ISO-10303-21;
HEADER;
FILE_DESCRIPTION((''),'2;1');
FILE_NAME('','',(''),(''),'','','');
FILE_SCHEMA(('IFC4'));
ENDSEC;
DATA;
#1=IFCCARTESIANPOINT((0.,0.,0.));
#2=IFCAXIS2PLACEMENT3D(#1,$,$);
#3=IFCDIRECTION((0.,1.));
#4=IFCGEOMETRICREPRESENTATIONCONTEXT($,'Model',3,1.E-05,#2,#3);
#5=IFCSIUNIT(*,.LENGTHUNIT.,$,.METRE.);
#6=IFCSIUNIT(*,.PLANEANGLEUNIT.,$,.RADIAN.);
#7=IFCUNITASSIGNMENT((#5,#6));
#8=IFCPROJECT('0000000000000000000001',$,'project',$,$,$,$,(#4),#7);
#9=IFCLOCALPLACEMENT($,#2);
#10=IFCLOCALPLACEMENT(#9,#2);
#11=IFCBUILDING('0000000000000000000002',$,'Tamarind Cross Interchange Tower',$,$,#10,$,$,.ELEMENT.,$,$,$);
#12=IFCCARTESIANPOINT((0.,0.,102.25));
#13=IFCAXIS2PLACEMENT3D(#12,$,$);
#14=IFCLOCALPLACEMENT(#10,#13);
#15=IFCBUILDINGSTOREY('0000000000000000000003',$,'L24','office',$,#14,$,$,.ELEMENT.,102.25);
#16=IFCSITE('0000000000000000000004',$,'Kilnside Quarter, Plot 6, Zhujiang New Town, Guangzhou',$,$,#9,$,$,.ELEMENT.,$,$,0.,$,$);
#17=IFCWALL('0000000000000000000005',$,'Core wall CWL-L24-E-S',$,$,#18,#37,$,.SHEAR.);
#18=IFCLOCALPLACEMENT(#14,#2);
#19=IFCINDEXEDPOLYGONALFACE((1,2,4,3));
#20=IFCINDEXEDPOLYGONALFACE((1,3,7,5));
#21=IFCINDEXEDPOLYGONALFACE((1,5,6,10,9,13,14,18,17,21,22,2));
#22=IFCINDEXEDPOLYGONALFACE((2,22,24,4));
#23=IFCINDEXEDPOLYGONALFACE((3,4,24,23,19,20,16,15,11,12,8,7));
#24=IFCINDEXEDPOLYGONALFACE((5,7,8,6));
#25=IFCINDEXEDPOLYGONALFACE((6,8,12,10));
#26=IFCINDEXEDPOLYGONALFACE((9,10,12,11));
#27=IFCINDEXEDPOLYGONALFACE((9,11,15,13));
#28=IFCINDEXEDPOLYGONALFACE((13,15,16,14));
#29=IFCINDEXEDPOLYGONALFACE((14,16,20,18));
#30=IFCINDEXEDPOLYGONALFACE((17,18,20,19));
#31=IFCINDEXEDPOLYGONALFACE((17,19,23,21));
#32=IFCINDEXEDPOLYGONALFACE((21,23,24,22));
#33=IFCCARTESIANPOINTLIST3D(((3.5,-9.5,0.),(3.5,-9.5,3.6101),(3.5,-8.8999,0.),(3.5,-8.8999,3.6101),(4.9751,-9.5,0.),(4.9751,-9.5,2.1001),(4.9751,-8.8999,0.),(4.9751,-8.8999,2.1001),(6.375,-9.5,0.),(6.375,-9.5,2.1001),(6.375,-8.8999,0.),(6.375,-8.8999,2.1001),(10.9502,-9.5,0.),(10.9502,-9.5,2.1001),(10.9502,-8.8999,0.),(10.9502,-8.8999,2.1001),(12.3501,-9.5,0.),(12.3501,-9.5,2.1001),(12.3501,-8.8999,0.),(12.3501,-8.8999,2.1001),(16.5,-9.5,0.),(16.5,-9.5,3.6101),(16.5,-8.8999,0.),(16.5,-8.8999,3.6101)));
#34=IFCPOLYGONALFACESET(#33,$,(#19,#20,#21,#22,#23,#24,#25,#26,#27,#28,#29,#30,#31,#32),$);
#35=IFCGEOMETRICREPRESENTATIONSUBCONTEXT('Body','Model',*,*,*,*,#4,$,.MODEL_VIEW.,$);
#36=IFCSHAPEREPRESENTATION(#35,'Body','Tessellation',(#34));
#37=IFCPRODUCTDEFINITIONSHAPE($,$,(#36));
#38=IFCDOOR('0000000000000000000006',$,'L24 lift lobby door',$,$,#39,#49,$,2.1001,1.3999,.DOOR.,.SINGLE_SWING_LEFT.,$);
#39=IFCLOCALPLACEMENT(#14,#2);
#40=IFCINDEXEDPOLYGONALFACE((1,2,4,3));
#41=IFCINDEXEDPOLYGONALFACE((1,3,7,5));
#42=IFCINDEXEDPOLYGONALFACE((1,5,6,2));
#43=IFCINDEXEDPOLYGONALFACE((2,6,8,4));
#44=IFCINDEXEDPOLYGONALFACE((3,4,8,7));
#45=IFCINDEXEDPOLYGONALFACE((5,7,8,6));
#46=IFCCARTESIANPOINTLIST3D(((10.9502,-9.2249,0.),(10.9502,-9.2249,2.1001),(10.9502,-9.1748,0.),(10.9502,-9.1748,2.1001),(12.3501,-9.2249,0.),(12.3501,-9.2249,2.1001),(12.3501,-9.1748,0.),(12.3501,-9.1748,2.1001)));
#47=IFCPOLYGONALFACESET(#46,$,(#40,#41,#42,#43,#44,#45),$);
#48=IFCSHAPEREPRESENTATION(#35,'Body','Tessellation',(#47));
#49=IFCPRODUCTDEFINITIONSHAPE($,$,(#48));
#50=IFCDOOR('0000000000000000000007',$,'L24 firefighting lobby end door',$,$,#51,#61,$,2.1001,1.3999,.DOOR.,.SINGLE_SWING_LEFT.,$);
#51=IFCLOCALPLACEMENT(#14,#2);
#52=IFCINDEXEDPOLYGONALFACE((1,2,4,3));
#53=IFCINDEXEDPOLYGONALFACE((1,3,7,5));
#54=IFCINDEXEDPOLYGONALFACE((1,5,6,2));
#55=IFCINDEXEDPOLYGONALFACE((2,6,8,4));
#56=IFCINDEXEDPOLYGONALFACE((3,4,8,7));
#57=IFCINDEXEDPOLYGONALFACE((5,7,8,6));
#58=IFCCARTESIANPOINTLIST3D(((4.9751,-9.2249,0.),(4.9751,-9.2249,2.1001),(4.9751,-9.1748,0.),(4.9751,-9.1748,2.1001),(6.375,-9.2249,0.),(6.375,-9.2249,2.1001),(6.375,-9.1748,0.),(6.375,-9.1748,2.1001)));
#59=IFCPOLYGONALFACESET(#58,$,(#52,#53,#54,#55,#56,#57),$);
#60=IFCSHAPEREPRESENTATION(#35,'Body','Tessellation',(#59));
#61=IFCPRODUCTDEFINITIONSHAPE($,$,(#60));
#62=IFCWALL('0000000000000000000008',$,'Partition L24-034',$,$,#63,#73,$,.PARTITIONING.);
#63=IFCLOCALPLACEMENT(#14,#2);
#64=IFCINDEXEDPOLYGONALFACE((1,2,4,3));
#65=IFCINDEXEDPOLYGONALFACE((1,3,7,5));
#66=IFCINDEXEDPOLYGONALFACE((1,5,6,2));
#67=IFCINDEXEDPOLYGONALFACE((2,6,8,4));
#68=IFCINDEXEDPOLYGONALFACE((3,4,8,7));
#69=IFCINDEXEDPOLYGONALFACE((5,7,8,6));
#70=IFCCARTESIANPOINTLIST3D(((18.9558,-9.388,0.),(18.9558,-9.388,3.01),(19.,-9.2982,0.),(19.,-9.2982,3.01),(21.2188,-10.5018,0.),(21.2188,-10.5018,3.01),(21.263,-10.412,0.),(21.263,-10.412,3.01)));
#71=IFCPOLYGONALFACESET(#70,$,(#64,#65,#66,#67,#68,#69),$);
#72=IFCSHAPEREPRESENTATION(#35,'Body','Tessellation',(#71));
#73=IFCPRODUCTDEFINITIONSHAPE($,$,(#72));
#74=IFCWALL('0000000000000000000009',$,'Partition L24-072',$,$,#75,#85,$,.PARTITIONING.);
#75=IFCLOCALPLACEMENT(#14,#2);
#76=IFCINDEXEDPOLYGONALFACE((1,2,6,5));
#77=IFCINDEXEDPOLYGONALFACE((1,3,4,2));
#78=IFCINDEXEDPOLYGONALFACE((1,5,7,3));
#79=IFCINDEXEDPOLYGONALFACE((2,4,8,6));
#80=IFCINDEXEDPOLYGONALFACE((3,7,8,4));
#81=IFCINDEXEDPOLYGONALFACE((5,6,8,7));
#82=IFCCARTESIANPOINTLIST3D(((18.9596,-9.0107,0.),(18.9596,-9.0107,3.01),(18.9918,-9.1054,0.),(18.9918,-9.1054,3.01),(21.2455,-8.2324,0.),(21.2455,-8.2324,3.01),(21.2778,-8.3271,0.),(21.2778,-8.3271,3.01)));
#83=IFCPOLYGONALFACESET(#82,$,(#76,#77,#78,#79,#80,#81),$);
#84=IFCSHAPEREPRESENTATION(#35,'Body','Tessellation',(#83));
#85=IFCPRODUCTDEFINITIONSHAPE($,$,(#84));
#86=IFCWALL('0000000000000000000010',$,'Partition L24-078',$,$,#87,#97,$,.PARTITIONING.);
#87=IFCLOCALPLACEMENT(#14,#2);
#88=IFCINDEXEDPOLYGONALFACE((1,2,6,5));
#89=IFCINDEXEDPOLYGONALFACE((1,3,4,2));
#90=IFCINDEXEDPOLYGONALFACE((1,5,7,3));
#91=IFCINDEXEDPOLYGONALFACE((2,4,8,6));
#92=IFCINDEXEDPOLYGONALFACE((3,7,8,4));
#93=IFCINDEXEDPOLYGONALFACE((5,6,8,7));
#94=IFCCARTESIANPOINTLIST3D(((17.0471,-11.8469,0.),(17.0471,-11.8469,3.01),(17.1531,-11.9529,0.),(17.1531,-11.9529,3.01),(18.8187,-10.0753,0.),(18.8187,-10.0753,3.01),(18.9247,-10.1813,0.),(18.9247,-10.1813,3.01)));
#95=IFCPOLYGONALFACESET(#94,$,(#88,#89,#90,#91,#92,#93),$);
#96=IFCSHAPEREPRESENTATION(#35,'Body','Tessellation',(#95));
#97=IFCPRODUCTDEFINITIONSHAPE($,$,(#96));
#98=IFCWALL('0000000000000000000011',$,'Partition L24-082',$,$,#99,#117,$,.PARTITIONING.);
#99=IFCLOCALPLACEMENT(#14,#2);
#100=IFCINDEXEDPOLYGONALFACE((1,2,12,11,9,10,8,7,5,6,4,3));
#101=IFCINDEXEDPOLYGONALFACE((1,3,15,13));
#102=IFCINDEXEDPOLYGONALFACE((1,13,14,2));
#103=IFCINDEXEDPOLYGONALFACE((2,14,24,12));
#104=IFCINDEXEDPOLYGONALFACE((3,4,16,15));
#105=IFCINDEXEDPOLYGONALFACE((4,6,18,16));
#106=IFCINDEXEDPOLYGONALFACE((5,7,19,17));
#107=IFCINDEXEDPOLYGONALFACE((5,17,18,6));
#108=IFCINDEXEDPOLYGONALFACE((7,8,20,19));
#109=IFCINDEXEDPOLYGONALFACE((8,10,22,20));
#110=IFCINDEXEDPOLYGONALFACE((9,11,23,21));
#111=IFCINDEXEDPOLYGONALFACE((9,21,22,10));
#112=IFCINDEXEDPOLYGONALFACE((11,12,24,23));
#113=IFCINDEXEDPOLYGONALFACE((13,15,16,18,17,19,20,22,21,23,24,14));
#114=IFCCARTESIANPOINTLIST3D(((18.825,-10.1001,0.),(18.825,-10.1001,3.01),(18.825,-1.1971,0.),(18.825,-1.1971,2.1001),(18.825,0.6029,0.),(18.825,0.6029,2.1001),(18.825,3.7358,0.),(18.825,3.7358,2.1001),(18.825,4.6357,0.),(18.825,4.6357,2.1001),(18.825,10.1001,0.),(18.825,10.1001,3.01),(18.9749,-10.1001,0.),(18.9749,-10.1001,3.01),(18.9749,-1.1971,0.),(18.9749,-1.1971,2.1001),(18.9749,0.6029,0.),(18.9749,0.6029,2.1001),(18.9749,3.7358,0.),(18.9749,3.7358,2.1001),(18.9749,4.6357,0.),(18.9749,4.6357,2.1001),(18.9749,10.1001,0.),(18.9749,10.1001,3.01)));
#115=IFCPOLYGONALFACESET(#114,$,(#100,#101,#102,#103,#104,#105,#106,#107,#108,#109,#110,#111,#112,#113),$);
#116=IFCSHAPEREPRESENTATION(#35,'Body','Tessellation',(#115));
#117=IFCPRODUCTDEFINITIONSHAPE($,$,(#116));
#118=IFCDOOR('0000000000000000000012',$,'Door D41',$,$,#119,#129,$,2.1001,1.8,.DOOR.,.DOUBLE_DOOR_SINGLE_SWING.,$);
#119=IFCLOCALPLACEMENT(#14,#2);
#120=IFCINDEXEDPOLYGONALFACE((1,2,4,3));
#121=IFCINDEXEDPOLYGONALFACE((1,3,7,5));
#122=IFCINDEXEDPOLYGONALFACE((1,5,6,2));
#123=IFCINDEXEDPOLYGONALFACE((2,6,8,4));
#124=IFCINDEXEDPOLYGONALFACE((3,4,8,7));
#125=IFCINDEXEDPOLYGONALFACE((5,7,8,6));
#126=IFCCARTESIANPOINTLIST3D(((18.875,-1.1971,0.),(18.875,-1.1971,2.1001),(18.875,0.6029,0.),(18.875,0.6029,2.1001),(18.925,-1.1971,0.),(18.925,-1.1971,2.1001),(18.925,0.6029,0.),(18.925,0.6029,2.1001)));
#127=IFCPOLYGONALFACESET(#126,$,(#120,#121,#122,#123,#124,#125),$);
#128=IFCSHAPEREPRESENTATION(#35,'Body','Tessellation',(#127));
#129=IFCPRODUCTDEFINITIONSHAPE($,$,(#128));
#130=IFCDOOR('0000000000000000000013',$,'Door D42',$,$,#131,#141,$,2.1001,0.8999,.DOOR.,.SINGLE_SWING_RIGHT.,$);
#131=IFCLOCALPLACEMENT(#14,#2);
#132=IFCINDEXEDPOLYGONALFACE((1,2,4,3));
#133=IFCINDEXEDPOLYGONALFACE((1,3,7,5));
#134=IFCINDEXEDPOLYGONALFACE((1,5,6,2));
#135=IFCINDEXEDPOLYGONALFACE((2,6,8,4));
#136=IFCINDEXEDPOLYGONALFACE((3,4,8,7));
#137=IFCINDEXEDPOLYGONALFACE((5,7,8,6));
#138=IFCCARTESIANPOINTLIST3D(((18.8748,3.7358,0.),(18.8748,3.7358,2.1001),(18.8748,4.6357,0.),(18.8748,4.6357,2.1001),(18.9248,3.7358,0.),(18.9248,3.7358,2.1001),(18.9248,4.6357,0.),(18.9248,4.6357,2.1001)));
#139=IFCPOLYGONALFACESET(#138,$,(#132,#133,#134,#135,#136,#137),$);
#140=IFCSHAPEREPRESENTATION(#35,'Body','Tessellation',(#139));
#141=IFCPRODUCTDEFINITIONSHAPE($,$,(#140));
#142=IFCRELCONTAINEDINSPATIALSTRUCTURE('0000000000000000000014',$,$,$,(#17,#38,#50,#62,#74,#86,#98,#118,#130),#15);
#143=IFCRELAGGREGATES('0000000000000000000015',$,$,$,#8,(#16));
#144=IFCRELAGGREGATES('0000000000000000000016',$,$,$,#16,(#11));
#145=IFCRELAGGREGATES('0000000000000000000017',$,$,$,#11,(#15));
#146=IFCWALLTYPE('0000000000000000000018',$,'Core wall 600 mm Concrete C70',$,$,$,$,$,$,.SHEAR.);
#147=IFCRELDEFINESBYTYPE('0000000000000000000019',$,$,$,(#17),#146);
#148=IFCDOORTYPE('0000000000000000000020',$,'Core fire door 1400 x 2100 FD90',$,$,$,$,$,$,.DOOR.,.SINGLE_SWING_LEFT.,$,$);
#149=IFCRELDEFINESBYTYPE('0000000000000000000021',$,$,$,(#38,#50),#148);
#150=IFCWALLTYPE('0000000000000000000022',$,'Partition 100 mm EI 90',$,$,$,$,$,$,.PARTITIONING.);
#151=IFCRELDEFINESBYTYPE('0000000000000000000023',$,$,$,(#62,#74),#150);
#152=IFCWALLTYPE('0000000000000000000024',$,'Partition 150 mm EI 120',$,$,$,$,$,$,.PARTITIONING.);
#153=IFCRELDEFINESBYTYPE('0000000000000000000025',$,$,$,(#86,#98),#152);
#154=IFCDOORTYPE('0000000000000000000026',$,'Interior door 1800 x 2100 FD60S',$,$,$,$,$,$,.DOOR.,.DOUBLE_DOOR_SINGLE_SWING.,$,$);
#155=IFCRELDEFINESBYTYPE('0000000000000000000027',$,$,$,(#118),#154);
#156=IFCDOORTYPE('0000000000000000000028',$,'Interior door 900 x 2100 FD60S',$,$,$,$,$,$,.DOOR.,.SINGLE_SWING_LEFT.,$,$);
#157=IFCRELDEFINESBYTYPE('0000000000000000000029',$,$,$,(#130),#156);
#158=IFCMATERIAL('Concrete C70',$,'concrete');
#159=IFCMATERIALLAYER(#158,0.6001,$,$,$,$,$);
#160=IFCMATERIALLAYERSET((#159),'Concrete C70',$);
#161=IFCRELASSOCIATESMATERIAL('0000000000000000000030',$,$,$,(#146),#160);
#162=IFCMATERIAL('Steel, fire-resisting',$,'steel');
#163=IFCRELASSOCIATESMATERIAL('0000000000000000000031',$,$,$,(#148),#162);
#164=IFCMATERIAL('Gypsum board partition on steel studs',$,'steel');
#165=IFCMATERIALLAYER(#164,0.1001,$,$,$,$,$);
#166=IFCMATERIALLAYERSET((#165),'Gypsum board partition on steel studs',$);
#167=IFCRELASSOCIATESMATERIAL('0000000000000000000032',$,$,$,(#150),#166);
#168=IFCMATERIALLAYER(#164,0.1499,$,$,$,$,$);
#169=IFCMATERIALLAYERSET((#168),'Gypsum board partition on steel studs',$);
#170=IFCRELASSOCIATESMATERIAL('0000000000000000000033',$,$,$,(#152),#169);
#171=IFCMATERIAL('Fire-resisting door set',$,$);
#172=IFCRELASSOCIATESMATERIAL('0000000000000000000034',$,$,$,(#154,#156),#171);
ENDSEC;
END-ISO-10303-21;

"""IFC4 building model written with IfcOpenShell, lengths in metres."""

from ifc_helpers import new_model, si_unit, direction, frame, frame_2d, origin, place, context, subcontext, project, spatial, rectangle, extrude, material, layer, layer_set, type_object, element, fill, save


model = new_model("IFC4")

# Units and contexts
model_context = context("Model", 3, precision=1e-05, world=origin(), true_north=direction((0.0, 1.0)))
body_context = subcontext(model_context, "Body", "Model", "MODEL_VIEW")
ifc_project = project(units=[si_unit("LENGTHUNIT", "METRE"), si_unit("PLANEANGLEUNIT", "RADIAN")], contexts=[model_context])

# Site, building, storey
site_placement = place(None, origin())
site = spatial("IfcSite", under=ifc_project, at=site_placement, Name="Kilnside Quarter, Plot 6, Zhujiang New Town, Guangzhou", CompositionType="ELEMENT", RefElevation=0.0)
building_placement = place(site_placement, origin())
building = spatial("IfcBuilding", under=site, at=building_placement, Name="Tamarind Cross Interchange Tower", CompositionType="ELEMENT")
storey_placement = place(building_placement, frame((0.0, 0.0, 102.25)))
storey = spatial("IfcBuildingStorey", under=building, at=storey_placement, Name="L24", Description="office", CompositionType="ELEMENT", Elevation=102.25)

# Wall, openings, doors
ifc_material_1 = material(Name="Concrete C70", Category="concrete")
ifc_layer_1 = layer(ifc_material_1, 0.6001)
ifc_layer_set_1 = layer_set([ifc_layer_1], Name="Concrete C70")
wall_type_1 = type_object("IfcWallType", Name="Core wall 600 mm Concrete C70", PredefinedType="SHEAR", material=ifc_layer_set_1)
wall_1_placement = place(storey_placement, frame((16.5, -9.2, 0.0), z_axis=(0.0, 0.0, 1.0), x_axis=(-1.0, 0.0, 0.0)))
wall_1 = element("IfcWall", 1, at=wall_1_placement, inside=storey, type_object=wall_type_1, Name="Core wall CWL-L24-E-S", PredefinedType="SHEAR", context=body_context, shape_type="SweptSolid", body=[
    extrude(rectangle(XDim=13.0, YDim=0.6001, at=frame_2d((6.5, 0.0))), origin(), (0.0, 0.0, 1.0), 3.6101),
])
opening_1_placement = place(wall_1_placement, frame((4.1499, 0.0, 0.0)))
opening_1 = element("IfcOpeningElement", 2, at=opening_1_placement, cuts=wall_1, PredefinedType="OPENING", context=body_context, shape_type="SweptSolid", body=[
    extrude(rectangle(XDim=1.3999, YDim=2.1001, at=frame_2d((0.7, 1.05))), frame((0.0, 0.3101, 0.0), z_axis=(0.0, -1.0, 0.0), x_axis=(1.0, 0.0, 0.0)), (0.0, 0.0, 1.0), 0.6201),
])
opening_2_placement = place(wall_1_placement, frame((10.125, 0.0, 0.0)))
opening_2 = element("IfcOpeningElement", 3, at=opening_2_placement, cuts=wall_1, PredefinedType="OPENING", context=body_context, shape_type="SweptSolid", body=[
    extrude(rectangle(XDim=1.3999, YDim=2.1001, at=frame_2d((0.7, 1.05))), frame((0.0, 0.3101, 0.0), z_axis=(0.0, -1.0, 0.0), x_axis=(1.0, 0.0, 0.0)), (0.0, 0.0, 1.0), 0.6201),
])
ifc_material_2 = material(Name="Steel, fire-resisting", Category="steel")
door_type_1 = type_object("IfcDoorType", Name="Core fire door 1400 x 2100 FD90", OperationType="SINGLE_SWING_LEFT", PredefinedType="DOOR", material=ifc_material_2)
door_1_placement = place(opening_1_placement, origin())
door_1 = element("IfcDoor", 4, at=door_1_placement, inside=storey, type_object=door_type_1, Name="L24 lift lobby door", OperationType="SINGLE_SWING_LEFT", OverallHeight=2.1001, OverallWidth=1.3999, PredefinedType="DOOR", context=body_context, shape_type="SweptSolid", body=[
    extrude(rectangle(XDim=1.3999, YDim=2.1001, at=frame_2d((0.7, 1.05))), frame((0.0, 0.0249, 0.0), z_axis=(0.0, -1.0, 0.0), x_axis=(1.0, 0.0, 0.0)), (0.0, 0.0, 1.0), 0.05),
])
fill(opening_1, door_1)
door_2_placement = place(opening_2_placement, origin())
door_2 = element("IfcDoor", 5, at=door_2_placement, inside=storey, type_object=door_type_1, Name="L24 firefighting lobby end door", OperationType="SINGLE_SWING_LEFT", OverallHeight=2.1001, OverallWidth=1.3999, PredefinedType="DOOR", context=body_context, shape_type="SweptSolid", body=[
    extrude(rectangle(XDim=1.3999, YDim=2.1001, at=frame_2d((0.7, 1.05))), frame((0.0, 0.0249, 0.0), z_axis=(0.0, -1.0, 0.0), x_axis=(1.0, 0.0, 0.0)), (0.0, 0.0, 1.0), 0.05),
])
fill(opening_2, door_2)

# Walls
ifc_material_3 = material(Name="Gypsum board partition on steel studs", Category="steel")
ifc_layer_2 = layer(ifc_material_3, 0.1001)
ifc_layer_set_2 = layer_set([ifc_layer_2], Name="Gypsum board partition on steel studs")
wall_type_2 = type_object("IfcWallType", Name="Partition 100 mm EI 90", PredefinedType="PARTITIONING", material=ifc_layer_set_2)
wall_2_placement = place(storey_placement, frame((18.9778, -9.343, 0.0), z_axis=(0.0, 0.0, 1.0), x_axis=(0.897217, -0.441591, 0.0)))
element("IfcWall", 6, at=wall_2_placement, inside=storey, type_object=wall_type_2, Name="Partition L24-034", PredefinedType="PARTITIONING", context=body_context, shape_type="SweptSolid", body=[
    extrude(rectangle(XDim=2.5222, YDim=0.1001, at=frame_2d((1.2612, 0.0))), origin(), (0.0, 0.0, 1.0), 3.01),
])
wall_3_placement = place(storey_placement, frame((18.9756, -9.0581, 0.0), z_axis=(0.0, 0.0, 1.0), x_axis=(0.946632, 0.322318, 0.0)))
element("IfcWall", 7, at=wall_3_placement, inside=storey, type_object=wall_type_2, Name="Partition L24-072", PredefinedType="PARTITIONING", context=body_context, shape_type="SweptSolid", body=[
    extrude(rectangle(XDim=2.4148, YDim=0.1001, at=frame_2d((1.2075, 0.0))), origin(), (0.0, 0.0, 1.0), 3.01),
])
ifc_layer_3 = layer(ifc_material_3, 0.1499)
ifc_layer_set_3 = layer_set([ifc_layer_3], Name="Gypsum board partition on steel studs")
wall_type_3 = type_object("IfcWallType", Name="Partition 150 mm EI 120", PredefinedType="PARTITIONING", material=ifc_layer_set_3)
wall_4_placement = place(storey_placement, frame((17.1001, -11.8999, 0.0), z_axis=(0.0, 0.0, 1.0), x_axis=(0.707107, 0.707107, 0.0)))
element("IfcWall", 8, at=wall_4_placement, inside=storey, type_object=wall_type_3, Name="Partition L24-078", PredefinedType="PARTITIONING", context=body_context, shape_type="SweptSolid", body=[
    extrude(rectangle(XDim=2.5054, YDim=0.1499, at=frame_2d((1.2527, 0.0))), origin(), (0.0, 0.0, 1.0), 3.01),
])

# Wall, openings, doors
wall_5_placement = place(storey_placement, frame((18.8999, -10.1001, 0.0), z_axis=(0.0, 0.0, 1.0), x_axis=(0.0, 1.0, 0.0)))
wall_5 = element("IfcWall", 9, at=wall_5_placement, inside=storey, type_object=wall_type_3, Name="Partition L24-082", PredefinedType="PARTITIONING", context=body_context, shape_type="SweptSolid", body=[
    extrude(rectangle(XDim=20.2002, YDim=0.1499, at=frame_2d((10.1001, 0.0))), origin(), (0.0, 0.0, 1.0), 3.01),
])
opening_3_placement = place(wall_5_placement, frame((8.9031, 0.0, 0.0)))
opening_3 = element("IfcOpeningElement", 10, at=opening_3_placement, cuts=wall_5, PredefinedType="OPENING", context=body_context, shape_type="SweptSolid", body=[
    extrude(rectangle(XDim=1.8, YDim=2.1001, at=frame_2d((0.8999, 1.05))), frame((0.0, 0.085, 0.0), z_axis=(0.0, -1.0, 0.0), x_axis=(1.0, 0.0, 0.0)), (0.0, 0.0, 1.0), 0.1699),
])
opening_4_placement = place(wall_5_placement, frame((13.8359, 0.0, 0.0)))
opening_4 = element("IfcOpeningElement", 11, at=opening_4_placement, cuts=wall_5, PredefinedType="OPENING", context=body_context, shape_type="SweptSolid", body=[
    extrude(rectangle(XDim=0.8999, YDim=2.1001, at=frame_2d((0.45, 1.05))), frame((0.0, 0.085, 0.0), z_axis=(0.0, -1.0, 0.0), x_axis=(1.0, 0.0, 0.0)), (0.0, 0.0, 1.0), 0.1699),
])
ifc_material_4 = material(Name="Fire-resisting door set")
door_type_2 = type_object("IfcDoorType", Name="Interior door 1800 x 2100 FD60S", OperationType="DOUBLE_DOOR_SINGLE_SWING", PredefinedType="DOOR", material=ifc_material_4)
door_3_placement = place(opening_3_placement, origin())
door_3 = element("IfcDoor", 12, at=door_3_placement, inside=storey, type_object=door_type_2, Name="Door D41", OperationType="DOUBLE_DOOR_SINGLE_SWING", OverallHeight=2.1001, OverallWidth=1.8, PredefinedType="DOOR", context=body_context, shape_type="SweptSolid", body=[
    extrude(rectangle(XDim=1.8, YDim=2.1001, at=frame_2d((0.8999, 1.05))), frame((0.0, 0.0249, 0.0), z_axis=(0.0, -1.0, 0.0), x_axis=(1.0, 0.0, 0.0)), (0.0, 0.0, 1.0), 0.05),
])
fill(opening_3, door_3)
door_type_3 = type_object("IfcDoorType", Name="Interior door 900 x 2100 FD60S", OperationType="SINGLE_SWING_LEFT", PredefinedType="DOOR", material=ifc_material_4)
door_4_placement = place(opening_4_placement, frame((0.8999, 0.0, 0.0), z_axis=(0.0, 0.0, 1.0), x_axis=(-1.0, 0.0, 0.0)))
door_4 = element("IfcDoor", 13, at=door_4_placement, inside=storey, type_object=door_type_3, Name="Door D42", OperationType="SINGLE_SWING_RIGHT", OverallHeight=2.1001, OverallWidth=0.8999, PredefinedType="DOOR", context=body_context, shape_type="SweptSolid", body=[
    extrude(rectangle(XDim=0.8999, YDim=2.1001, at=frame_2d((0.45, 1.05))), frame((0.0, 0.0249, 0.0), z_axis=(0.0, -1.0, 0.0), x_axis=(1.0, 0.0, 0.0)), (0.0, 0.0, 1.0), 0.05),
])
fill(opening_4, door_4)

save(model, "model.ifc")
